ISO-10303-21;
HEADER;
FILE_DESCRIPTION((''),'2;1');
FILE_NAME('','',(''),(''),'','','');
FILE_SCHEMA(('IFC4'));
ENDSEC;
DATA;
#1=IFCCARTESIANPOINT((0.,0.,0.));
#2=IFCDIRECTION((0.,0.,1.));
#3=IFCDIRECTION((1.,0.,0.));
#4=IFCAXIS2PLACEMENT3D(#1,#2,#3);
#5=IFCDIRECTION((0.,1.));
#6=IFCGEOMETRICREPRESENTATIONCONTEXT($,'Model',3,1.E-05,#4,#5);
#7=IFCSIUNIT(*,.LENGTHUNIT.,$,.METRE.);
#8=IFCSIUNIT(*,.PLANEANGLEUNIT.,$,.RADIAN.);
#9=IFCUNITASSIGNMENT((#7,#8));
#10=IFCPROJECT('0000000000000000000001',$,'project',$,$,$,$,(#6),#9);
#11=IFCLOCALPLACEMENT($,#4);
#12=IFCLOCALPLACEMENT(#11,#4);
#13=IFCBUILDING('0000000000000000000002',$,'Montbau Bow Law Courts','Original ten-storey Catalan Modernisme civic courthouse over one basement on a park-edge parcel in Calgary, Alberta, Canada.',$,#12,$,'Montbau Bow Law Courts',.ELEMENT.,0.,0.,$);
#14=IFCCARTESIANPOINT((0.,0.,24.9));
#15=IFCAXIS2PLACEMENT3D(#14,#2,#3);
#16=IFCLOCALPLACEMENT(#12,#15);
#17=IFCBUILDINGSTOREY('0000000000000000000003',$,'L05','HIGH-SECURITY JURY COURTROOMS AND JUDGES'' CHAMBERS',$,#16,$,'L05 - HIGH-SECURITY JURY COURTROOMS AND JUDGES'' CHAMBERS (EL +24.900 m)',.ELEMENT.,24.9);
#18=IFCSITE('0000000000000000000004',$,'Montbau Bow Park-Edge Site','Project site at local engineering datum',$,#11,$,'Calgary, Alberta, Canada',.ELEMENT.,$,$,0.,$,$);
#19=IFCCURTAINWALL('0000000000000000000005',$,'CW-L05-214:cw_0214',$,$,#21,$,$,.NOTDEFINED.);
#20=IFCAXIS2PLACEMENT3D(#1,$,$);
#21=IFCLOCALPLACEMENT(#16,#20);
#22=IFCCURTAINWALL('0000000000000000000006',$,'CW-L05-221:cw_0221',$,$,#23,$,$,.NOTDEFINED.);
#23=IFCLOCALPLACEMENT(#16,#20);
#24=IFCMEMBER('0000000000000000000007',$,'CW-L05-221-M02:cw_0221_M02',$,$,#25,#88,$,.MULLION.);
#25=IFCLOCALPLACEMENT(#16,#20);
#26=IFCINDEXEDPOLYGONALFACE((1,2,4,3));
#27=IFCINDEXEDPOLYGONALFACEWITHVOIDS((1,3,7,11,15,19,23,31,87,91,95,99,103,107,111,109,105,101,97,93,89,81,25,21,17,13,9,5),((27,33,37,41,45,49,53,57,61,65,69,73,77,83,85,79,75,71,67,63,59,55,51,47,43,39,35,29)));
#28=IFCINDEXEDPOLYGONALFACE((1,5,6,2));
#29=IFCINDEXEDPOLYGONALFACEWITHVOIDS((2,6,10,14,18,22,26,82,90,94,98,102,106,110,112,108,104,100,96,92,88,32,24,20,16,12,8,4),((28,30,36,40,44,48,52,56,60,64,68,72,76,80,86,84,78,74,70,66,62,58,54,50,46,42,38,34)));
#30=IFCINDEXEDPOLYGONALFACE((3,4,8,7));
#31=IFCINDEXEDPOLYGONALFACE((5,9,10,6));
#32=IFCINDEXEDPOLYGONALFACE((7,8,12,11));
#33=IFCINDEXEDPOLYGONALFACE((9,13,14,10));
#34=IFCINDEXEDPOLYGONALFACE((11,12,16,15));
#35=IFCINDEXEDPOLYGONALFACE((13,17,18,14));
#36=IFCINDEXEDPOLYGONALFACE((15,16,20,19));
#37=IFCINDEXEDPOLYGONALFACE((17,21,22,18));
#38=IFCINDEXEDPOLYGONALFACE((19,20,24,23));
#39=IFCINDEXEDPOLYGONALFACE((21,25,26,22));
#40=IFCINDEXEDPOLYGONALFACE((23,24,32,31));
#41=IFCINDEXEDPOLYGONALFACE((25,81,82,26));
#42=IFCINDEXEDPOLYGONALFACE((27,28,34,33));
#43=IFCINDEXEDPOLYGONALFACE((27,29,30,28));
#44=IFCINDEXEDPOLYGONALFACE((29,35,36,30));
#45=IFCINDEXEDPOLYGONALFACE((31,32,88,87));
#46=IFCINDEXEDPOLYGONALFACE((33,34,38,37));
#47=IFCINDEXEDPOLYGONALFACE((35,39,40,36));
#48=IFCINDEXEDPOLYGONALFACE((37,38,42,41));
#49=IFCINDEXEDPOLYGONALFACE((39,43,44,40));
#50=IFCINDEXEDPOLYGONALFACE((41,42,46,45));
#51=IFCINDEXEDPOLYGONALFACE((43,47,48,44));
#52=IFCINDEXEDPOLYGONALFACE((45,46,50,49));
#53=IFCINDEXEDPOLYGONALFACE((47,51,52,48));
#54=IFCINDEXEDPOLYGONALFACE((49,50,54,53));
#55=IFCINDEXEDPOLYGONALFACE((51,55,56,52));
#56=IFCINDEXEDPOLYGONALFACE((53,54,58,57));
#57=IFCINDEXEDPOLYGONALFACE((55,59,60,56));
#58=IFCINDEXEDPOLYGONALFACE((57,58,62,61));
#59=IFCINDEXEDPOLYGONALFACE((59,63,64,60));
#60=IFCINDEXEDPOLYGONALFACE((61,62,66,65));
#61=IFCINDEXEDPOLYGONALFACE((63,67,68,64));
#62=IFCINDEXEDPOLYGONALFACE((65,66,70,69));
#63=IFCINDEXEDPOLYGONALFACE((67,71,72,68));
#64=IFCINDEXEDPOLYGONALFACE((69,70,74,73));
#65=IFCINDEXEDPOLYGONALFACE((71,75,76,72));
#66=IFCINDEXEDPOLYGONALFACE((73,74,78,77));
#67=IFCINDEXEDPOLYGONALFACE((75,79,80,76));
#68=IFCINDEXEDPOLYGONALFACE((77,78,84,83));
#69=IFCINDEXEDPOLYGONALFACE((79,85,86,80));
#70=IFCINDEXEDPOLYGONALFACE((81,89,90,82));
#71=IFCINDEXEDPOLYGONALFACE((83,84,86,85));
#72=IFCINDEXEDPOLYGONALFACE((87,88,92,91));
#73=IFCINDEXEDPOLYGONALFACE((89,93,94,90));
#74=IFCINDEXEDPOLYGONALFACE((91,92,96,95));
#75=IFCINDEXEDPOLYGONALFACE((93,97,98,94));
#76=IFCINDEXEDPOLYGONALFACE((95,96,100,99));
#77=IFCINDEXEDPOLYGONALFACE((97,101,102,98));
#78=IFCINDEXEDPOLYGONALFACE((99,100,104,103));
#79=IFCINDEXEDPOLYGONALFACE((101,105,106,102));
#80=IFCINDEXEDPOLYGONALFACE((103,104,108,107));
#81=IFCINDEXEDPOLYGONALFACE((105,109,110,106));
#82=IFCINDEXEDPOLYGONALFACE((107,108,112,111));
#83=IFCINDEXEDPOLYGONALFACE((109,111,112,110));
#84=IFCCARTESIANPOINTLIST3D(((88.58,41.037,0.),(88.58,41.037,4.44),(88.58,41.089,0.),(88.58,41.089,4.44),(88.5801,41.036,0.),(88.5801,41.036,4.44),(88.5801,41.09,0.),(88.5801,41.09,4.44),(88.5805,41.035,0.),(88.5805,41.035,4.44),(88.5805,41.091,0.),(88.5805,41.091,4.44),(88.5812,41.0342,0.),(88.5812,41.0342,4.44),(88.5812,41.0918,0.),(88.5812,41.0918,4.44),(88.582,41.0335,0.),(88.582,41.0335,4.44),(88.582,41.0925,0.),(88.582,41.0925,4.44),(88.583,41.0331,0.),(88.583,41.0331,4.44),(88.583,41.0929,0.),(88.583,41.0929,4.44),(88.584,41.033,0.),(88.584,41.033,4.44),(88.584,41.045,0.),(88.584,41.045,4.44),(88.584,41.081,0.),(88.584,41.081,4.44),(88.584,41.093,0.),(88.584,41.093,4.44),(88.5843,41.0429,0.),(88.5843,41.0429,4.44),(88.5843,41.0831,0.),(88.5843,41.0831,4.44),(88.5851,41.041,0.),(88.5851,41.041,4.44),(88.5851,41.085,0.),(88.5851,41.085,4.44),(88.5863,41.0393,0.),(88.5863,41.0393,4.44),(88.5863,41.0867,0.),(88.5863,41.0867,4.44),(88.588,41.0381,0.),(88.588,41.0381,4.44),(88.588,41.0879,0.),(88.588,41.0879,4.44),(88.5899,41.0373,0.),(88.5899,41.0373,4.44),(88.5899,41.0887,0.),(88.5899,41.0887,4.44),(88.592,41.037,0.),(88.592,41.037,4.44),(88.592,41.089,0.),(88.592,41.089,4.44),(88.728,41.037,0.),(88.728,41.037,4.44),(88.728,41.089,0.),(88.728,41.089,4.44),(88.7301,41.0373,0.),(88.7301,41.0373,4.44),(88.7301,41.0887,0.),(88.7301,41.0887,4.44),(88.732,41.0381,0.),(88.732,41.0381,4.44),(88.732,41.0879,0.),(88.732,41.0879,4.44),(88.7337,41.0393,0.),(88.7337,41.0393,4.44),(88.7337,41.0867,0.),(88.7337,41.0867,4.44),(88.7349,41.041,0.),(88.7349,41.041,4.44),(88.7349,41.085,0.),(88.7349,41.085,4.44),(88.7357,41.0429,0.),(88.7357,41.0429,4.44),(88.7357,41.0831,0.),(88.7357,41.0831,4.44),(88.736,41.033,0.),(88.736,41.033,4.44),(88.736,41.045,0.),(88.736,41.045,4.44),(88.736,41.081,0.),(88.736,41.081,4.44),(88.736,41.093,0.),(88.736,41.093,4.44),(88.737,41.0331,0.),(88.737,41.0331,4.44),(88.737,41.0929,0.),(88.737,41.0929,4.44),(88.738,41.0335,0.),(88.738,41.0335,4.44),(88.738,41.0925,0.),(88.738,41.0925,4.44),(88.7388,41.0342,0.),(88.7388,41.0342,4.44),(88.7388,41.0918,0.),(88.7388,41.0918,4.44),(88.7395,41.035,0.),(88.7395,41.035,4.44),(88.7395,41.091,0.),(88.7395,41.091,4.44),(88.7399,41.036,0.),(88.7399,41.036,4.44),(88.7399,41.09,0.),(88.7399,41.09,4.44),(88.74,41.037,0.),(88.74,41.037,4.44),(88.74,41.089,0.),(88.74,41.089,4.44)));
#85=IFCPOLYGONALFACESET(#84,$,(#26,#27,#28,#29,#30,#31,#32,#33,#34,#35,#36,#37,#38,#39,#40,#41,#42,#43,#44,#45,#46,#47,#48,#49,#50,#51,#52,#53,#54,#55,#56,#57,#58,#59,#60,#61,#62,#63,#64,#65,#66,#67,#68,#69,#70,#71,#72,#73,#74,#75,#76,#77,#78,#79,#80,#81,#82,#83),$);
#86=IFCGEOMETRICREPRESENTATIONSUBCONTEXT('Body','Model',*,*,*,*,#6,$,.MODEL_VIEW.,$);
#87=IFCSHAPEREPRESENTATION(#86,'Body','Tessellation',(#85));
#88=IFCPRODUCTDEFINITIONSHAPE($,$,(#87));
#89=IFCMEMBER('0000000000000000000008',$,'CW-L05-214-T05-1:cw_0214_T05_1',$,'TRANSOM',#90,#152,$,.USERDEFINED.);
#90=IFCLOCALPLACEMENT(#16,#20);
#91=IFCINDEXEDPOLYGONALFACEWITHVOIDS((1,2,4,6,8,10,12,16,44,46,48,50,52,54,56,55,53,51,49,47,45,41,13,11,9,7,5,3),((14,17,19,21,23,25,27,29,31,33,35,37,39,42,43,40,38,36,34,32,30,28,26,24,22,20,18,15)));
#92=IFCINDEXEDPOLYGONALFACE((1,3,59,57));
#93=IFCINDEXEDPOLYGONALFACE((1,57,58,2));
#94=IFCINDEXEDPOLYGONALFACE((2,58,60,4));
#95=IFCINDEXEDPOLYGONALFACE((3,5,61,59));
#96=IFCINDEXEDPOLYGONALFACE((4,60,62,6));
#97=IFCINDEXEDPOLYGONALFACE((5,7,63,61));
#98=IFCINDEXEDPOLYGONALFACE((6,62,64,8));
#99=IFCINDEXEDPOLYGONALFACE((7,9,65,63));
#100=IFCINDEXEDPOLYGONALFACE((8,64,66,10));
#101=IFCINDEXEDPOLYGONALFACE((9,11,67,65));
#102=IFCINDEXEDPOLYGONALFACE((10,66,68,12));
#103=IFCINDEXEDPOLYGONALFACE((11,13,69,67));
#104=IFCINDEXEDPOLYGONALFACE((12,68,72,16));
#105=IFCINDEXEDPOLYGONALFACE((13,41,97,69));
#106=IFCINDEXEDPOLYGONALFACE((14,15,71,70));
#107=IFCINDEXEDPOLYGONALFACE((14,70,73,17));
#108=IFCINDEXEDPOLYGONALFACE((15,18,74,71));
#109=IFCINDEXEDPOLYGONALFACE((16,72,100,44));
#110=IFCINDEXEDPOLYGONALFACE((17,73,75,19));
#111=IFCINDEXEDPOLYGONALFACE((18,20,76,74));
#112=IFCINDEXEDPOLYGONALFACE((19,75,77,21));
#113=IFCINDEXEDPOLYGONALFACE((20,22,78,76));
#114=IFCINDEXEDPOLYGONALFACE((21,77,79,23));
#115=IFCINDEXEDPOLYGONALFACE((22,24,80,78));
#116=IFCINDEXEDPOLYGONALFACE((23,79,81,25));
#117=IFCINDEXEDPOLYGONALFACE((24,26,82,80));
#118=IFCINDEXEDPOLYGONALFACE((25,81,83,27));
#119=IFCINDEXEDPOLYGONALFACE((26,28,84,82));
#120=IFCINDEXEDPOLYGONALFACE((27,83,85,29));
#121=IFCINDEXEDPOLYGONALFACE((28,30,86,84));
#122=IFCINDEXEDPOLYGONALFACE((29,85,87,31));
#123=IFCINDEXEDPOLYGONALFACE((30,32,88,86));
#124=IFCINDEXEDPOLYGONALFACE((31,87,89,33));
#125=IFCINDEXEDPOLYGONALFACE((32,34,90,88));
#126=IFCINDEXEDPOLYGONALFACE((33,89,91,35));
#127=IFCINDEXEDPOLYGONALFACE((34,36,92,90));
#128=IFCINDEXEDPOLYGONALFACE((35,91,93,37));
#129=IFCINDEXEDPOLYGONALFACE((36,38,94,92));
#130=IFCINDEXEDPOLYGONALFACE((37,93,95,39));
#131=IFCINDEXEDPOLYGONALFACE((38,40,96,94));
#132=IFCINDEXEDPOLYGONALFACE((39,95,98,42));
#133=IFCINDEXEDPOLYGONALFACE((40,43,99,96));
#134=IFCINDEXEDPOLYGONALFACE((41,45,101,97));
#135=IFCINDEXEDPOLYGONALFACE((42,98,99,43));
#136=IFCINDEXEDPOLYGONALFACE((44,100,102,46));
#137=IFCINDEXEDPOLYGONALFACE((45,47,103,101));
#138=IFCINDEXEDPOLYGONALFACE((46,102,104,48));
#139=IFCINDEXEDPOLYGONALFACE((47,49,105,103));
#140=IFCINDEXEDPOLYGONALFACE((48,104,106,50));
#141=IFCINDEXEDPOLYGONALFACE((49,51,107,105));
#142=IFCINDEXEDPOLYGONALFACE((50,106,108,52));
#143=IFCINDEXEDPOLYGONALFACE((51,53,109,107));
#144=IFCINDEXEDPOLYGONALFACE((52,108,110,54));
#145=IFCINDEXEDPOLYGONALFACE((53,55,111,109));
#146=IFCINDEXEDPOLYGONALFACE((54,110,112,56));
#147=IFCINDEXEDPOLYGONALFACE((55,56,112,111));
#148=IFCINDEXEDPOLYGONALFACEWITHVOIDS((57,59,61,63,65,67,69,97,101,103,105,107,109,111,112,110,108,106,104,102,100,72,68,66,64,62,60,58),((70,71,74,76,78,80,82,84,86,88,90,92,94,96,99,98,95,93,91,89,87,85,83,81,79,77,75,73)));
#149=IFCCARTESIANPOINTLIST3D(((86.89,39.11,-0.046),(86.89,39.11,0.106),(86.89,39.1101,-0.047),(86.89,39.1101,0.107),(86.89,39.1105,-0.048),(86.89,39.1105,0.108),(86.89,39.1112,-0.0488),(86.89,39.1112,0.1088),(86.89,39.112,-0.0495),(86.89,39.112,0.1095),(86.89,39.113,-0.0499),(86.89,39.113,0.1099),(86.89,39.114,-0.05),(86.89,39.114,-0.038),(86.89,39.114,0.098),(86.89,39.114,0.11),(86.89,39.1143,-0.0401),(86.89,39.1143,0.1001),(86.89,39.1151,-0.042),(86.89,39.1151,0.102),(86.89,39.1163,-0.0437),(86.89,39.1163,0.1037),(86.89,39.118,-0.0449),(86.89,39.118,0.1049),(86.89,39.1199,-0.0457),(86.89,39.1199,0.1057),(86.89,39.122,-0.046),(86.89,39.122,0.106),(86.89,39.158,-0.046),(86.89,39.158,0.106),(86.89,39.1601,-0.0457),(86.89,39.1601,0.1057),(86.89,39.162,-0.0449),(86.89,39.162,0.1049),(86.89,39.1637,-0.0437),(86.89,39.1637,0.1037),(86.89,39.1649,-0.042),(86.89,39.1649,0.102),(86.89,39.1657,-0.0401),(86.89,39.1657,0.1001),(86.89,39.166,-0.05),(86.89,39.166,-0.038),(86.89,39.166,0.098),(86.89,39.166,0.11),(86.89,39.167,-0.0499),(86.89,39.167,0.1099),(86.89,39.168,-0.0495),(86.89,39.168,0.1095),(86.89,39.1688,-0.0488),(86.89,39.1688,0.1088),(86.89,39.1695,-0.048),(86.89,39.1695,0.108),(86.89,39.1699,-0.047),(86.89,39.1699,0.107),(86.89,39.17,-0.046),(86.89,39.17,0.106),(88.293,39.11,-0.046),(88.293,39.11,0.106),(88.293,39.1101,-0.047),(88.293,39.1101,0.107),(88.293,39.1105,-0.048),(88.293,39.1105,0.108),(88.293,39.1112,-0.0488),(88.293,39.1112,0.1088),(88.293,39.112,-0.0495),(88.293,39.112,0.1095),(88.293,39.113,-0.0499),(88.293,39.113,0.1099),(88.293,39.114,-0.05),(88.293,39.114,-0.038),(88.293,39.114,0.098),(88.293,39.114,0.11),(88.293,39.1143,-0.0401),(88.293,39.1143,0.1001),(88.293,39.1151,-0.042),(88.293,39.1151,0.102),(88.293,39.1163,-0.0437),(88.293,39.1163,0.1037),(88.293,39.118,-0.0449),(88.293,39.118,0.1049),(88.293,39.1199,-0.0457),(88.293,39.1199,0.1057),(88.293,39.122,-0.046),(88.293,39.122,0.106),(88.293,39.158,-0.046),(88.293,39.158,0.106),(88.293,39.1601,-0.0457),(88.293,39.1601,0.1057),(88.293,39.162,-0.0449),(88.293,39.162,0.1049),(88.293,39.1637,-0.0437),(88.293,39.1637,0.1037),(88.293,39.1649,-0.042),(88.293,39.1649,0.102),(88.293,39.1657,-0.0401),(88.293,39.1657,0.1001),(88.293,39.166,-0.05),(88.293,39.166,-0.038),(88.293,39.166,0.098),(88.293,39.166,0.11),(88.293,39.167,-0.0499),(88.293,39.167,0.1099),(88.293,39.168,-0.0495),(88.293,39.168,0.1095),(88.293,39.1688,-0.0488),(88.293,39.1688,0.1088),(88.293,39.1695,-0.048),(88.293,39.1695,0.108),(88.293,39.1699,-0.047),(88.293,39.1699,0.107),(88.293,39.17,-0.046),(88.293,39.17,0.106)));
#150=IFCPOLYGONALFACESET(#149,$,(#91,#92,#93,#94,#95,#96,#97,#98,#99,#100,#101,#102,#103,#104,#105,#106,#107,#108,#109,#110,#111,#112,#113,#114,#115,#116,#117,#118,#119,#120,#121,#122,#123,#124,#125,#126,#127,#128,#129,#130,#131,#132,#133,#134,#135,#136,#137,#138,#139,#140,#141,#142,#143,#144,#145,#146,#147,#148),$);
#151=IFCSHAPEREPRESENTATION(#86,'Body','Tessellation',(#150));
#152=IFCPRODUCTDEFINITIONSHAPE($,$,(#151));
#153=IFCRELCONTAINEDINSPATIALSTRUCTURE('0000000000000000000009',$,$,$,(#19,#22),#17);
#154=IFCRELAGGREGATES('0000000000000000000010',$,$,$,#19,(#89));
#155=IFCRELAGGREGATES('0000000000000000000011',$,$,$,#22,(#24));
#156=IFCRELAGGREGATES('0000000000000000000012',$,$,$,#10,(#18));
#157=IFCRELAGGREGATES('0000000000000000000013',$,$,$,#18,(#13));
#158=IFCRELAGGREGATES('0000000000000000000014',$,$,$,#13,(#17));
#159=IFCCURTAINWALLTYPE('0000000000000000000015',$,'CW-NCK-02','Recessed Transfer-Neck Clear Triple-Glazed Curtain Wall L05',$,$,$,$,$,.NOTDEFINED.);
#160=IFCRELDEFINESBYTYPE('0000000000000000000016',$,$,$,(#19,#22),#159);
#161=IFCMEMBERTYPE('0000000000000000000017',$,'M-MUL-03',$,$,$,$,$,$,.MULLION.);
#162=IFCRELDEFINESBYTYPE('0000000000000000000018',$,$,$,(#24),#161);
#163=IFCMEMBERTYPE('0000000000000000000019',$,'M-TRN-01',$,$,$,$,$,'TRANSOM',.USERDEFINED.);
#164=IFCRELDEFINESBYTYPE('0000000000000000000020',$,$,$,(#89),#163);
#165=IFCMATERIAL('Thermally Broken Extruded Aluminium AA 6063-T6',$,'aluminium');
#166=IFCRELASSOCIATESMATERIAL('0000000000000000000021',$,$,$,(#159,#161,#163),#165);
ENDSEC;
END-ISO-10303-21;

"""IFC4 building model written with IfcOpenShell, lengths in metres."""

from ifc_helpers import new_model, si_unit, direction, frame, origin_with_axes, origin_2d_with_axis, place, context, subcontext, project, spatial, hollow_rectangle, extrude, material, material_profile, profile_set, type_object, element, aggregate, save


model = new_model("IFC4")

# Units and contexts
model_context = context("Model", 3, precision=1e-05, world=origin_with_axes(), true_north=direction((0.0, 1.0)))
body_context = subcontext(model_context, "Body", "Model", "MODEL_VIEW")
ifc_project = project(units=[si_unit("LENGTHUNIT", "METRE"), si_unit("PLANEANGLEUNIT", "RADIAN")], contexts=[model_context])

# Site, building, storey
site_placement = place(None, origin_with_axes())
site = spatial("IfcSite", under=ifc_project, at=site_placement, Name="Montbau Bow Park-Edge Site", Description="Project site at local engineering datum", LongName="Calgary, Alberta, Canada", CompositionType="ELEMENT", RefElevation=0.0)
building_placement = place(site_placement, origin_with_axes())
building = spatial("IfcBuilding", under=site, at=building_placement, Name="Montbau Bow Law Courts", Description="Original ten-storey Catalan Modernisme civic courthouse over one basement on a park-edge parcel in Calgary, Alberta, Canada.", LongName="Montbau Bow Law Courts", CompositionType="ELEMENT", ElevationOfRefHeight=0.0, ElevationOfTerrain=0.0)
storey_placement = place(building_placement, frame((0.0, 0.0, 24.9), z_axis=(0.0, 0.0, 1.0), x_axis=(1.0, 0.0, 0.0)))
storey = spatial("IfcBuildingStorey", under=building, at=storey_placement, Name="L05", Description="HIGH-SECURITY JURY COURTROOMS AND JUDGES' CHAMBERS", LongName="L05 - HIGH-SECURITY JURY COURTROOMS AND JUDGES' CHAMBERS (EL +24.900 m)", CompositionType="ELEMENT", Elevation=24.9)

# Curtain wall
ifc_material_1 = material(Name="Thermally Broken Extruded Aluminium AA 6063-T6", Category="aluminium")
curtain_wall_type = type_object("IfcCurtainWallType", Name="CW-NCK-02", Description="Recessed Transfer-Neck Clear Triple-Glazed Curtain Wall L05", PredefinedType="NOTDEFINED", material=ifc_material_1)
curtain_wall_1_placement = place(None, frame((80.84, 39.14, 24.9), z_axis=(0.0, 0.0, 1.0), x_axis=(1.0, 0.0, 0.0)))
curtain_wall_1 = element("IfcCurtainWall", 1, at=curtain_wall_1_placement, inside=storey, type_object=curtain_wall_type, Name="CW-L05-214:cw_0214", PredefinedType="NOTDEFINED")

# Curtain wall, member
curtain_wall_2_placement = place(None, frame((88.66, 39.44, 24.9), z_axis=(0.0, 0.0, 1.0), x_axis=(1.0, 0.0, 0.0)))
curtain_wall_2 = element("IfcCurtainWall", 2, at=curtain_wall_2_placement, inside=storey, type_object=curtain_wall_type, Name="CW-L05-221:cw_0221", PredefinedType="NOTDEFINED")
ifc_material_profile_1 = material_profile(ifc_material_1, hollow_rectangle(XDim=0.06, YDim=0.16, WallThickness=0.004, InnerFilletRadius=0.008, OuterFilletRadius=0.004, at=origin_2d_with_axis()), Name="CWM-160X60", Category="Main", Priority=0)
ifc_profile_set_1 = profile_set([ifc_material_profile_1], Name="Thermally Broken Extruded Aluminium AA 6063-T6")
member_type_1 = type_object("IfcMemberType", Name="M-MUL-03", PredefinedType="MULLION", material=ifc_profile_set_1)
member_1_placement = place(None, frame((88.66, 41.063, 24.9), z_axis=(0.0, 0.0, 1.0), x_axis=(0.0, 1.0, 0.0)))
member_1 = element("IfcMember", 3, at=member_1_placement, type_object=member_type_1, Name="CW-L05-221-M02:cw_0221_M02", PredefinedType="MULLION", context=body_context, shape_type="SweptSolid", body=[
    extrude(hollow_rectangle(XDim=0.06, YDim=0.16, WallThickness=0.004, InnerFilletRadius=0.008, OuterFilletRadius=0.004, at=origin_2d_with_axis()), origin_with_axes(), (0.0, 0.0, 1.0), 4.44),
])

# Member
ifc_material_profile_2 = material_profile(ifc_material_1, hollow_rectangle(XDim=0.06, YDim=0.16, WallThickness=0.004, InnerFilletRadius=0.008, OuterFilletRadius=0.004, at=origin_2d_with_axis()), Name="CWT-160X60", Category="Main", Priority=0)
ifc_profile_set_2 = profile_set([ifc_material_profile_2], Name="Thermally Broken Extruded Aluminium AA 6063-T6")
member_type_2 = type_object("IfcMemberType", Name="M-TRN-01", ElementType="TRANSOM", PredefinedType="USERDEFINED", material=ifc_profile_set_2)
member_2_placement = place(None, frame((86.89, 39.14, 24.93), z_axis=(1.0, 0.0, 0.0), x_axis=(0.0, 1.0, 0.0)))
member_2 = element("IfcMember", 4, at=member_2_placement, type_object=member_type_2, Name="CW-L05-214-T05-1:cw_0214_T05_1", ObjectType="TRANSOM", PredefinedType="USERDEFINED", context=body_context, shape_type="SweptSolid", body=[
    extrude(hollow_rectangle(XDim=0.06, YDim=0.16, WallThickness=0.004, InnerFilletRadius=0.008, OuterFilletRadius=0.004, at=origin_2d_with_axis()), origin_with_axes(), (0.0, 0.0, 1.0), 1.403),
])

aggregate(curtain_wall_1, [member_2])
aggregate(curtain_wall_2, [member_1])

save(model, "model.ifc")
